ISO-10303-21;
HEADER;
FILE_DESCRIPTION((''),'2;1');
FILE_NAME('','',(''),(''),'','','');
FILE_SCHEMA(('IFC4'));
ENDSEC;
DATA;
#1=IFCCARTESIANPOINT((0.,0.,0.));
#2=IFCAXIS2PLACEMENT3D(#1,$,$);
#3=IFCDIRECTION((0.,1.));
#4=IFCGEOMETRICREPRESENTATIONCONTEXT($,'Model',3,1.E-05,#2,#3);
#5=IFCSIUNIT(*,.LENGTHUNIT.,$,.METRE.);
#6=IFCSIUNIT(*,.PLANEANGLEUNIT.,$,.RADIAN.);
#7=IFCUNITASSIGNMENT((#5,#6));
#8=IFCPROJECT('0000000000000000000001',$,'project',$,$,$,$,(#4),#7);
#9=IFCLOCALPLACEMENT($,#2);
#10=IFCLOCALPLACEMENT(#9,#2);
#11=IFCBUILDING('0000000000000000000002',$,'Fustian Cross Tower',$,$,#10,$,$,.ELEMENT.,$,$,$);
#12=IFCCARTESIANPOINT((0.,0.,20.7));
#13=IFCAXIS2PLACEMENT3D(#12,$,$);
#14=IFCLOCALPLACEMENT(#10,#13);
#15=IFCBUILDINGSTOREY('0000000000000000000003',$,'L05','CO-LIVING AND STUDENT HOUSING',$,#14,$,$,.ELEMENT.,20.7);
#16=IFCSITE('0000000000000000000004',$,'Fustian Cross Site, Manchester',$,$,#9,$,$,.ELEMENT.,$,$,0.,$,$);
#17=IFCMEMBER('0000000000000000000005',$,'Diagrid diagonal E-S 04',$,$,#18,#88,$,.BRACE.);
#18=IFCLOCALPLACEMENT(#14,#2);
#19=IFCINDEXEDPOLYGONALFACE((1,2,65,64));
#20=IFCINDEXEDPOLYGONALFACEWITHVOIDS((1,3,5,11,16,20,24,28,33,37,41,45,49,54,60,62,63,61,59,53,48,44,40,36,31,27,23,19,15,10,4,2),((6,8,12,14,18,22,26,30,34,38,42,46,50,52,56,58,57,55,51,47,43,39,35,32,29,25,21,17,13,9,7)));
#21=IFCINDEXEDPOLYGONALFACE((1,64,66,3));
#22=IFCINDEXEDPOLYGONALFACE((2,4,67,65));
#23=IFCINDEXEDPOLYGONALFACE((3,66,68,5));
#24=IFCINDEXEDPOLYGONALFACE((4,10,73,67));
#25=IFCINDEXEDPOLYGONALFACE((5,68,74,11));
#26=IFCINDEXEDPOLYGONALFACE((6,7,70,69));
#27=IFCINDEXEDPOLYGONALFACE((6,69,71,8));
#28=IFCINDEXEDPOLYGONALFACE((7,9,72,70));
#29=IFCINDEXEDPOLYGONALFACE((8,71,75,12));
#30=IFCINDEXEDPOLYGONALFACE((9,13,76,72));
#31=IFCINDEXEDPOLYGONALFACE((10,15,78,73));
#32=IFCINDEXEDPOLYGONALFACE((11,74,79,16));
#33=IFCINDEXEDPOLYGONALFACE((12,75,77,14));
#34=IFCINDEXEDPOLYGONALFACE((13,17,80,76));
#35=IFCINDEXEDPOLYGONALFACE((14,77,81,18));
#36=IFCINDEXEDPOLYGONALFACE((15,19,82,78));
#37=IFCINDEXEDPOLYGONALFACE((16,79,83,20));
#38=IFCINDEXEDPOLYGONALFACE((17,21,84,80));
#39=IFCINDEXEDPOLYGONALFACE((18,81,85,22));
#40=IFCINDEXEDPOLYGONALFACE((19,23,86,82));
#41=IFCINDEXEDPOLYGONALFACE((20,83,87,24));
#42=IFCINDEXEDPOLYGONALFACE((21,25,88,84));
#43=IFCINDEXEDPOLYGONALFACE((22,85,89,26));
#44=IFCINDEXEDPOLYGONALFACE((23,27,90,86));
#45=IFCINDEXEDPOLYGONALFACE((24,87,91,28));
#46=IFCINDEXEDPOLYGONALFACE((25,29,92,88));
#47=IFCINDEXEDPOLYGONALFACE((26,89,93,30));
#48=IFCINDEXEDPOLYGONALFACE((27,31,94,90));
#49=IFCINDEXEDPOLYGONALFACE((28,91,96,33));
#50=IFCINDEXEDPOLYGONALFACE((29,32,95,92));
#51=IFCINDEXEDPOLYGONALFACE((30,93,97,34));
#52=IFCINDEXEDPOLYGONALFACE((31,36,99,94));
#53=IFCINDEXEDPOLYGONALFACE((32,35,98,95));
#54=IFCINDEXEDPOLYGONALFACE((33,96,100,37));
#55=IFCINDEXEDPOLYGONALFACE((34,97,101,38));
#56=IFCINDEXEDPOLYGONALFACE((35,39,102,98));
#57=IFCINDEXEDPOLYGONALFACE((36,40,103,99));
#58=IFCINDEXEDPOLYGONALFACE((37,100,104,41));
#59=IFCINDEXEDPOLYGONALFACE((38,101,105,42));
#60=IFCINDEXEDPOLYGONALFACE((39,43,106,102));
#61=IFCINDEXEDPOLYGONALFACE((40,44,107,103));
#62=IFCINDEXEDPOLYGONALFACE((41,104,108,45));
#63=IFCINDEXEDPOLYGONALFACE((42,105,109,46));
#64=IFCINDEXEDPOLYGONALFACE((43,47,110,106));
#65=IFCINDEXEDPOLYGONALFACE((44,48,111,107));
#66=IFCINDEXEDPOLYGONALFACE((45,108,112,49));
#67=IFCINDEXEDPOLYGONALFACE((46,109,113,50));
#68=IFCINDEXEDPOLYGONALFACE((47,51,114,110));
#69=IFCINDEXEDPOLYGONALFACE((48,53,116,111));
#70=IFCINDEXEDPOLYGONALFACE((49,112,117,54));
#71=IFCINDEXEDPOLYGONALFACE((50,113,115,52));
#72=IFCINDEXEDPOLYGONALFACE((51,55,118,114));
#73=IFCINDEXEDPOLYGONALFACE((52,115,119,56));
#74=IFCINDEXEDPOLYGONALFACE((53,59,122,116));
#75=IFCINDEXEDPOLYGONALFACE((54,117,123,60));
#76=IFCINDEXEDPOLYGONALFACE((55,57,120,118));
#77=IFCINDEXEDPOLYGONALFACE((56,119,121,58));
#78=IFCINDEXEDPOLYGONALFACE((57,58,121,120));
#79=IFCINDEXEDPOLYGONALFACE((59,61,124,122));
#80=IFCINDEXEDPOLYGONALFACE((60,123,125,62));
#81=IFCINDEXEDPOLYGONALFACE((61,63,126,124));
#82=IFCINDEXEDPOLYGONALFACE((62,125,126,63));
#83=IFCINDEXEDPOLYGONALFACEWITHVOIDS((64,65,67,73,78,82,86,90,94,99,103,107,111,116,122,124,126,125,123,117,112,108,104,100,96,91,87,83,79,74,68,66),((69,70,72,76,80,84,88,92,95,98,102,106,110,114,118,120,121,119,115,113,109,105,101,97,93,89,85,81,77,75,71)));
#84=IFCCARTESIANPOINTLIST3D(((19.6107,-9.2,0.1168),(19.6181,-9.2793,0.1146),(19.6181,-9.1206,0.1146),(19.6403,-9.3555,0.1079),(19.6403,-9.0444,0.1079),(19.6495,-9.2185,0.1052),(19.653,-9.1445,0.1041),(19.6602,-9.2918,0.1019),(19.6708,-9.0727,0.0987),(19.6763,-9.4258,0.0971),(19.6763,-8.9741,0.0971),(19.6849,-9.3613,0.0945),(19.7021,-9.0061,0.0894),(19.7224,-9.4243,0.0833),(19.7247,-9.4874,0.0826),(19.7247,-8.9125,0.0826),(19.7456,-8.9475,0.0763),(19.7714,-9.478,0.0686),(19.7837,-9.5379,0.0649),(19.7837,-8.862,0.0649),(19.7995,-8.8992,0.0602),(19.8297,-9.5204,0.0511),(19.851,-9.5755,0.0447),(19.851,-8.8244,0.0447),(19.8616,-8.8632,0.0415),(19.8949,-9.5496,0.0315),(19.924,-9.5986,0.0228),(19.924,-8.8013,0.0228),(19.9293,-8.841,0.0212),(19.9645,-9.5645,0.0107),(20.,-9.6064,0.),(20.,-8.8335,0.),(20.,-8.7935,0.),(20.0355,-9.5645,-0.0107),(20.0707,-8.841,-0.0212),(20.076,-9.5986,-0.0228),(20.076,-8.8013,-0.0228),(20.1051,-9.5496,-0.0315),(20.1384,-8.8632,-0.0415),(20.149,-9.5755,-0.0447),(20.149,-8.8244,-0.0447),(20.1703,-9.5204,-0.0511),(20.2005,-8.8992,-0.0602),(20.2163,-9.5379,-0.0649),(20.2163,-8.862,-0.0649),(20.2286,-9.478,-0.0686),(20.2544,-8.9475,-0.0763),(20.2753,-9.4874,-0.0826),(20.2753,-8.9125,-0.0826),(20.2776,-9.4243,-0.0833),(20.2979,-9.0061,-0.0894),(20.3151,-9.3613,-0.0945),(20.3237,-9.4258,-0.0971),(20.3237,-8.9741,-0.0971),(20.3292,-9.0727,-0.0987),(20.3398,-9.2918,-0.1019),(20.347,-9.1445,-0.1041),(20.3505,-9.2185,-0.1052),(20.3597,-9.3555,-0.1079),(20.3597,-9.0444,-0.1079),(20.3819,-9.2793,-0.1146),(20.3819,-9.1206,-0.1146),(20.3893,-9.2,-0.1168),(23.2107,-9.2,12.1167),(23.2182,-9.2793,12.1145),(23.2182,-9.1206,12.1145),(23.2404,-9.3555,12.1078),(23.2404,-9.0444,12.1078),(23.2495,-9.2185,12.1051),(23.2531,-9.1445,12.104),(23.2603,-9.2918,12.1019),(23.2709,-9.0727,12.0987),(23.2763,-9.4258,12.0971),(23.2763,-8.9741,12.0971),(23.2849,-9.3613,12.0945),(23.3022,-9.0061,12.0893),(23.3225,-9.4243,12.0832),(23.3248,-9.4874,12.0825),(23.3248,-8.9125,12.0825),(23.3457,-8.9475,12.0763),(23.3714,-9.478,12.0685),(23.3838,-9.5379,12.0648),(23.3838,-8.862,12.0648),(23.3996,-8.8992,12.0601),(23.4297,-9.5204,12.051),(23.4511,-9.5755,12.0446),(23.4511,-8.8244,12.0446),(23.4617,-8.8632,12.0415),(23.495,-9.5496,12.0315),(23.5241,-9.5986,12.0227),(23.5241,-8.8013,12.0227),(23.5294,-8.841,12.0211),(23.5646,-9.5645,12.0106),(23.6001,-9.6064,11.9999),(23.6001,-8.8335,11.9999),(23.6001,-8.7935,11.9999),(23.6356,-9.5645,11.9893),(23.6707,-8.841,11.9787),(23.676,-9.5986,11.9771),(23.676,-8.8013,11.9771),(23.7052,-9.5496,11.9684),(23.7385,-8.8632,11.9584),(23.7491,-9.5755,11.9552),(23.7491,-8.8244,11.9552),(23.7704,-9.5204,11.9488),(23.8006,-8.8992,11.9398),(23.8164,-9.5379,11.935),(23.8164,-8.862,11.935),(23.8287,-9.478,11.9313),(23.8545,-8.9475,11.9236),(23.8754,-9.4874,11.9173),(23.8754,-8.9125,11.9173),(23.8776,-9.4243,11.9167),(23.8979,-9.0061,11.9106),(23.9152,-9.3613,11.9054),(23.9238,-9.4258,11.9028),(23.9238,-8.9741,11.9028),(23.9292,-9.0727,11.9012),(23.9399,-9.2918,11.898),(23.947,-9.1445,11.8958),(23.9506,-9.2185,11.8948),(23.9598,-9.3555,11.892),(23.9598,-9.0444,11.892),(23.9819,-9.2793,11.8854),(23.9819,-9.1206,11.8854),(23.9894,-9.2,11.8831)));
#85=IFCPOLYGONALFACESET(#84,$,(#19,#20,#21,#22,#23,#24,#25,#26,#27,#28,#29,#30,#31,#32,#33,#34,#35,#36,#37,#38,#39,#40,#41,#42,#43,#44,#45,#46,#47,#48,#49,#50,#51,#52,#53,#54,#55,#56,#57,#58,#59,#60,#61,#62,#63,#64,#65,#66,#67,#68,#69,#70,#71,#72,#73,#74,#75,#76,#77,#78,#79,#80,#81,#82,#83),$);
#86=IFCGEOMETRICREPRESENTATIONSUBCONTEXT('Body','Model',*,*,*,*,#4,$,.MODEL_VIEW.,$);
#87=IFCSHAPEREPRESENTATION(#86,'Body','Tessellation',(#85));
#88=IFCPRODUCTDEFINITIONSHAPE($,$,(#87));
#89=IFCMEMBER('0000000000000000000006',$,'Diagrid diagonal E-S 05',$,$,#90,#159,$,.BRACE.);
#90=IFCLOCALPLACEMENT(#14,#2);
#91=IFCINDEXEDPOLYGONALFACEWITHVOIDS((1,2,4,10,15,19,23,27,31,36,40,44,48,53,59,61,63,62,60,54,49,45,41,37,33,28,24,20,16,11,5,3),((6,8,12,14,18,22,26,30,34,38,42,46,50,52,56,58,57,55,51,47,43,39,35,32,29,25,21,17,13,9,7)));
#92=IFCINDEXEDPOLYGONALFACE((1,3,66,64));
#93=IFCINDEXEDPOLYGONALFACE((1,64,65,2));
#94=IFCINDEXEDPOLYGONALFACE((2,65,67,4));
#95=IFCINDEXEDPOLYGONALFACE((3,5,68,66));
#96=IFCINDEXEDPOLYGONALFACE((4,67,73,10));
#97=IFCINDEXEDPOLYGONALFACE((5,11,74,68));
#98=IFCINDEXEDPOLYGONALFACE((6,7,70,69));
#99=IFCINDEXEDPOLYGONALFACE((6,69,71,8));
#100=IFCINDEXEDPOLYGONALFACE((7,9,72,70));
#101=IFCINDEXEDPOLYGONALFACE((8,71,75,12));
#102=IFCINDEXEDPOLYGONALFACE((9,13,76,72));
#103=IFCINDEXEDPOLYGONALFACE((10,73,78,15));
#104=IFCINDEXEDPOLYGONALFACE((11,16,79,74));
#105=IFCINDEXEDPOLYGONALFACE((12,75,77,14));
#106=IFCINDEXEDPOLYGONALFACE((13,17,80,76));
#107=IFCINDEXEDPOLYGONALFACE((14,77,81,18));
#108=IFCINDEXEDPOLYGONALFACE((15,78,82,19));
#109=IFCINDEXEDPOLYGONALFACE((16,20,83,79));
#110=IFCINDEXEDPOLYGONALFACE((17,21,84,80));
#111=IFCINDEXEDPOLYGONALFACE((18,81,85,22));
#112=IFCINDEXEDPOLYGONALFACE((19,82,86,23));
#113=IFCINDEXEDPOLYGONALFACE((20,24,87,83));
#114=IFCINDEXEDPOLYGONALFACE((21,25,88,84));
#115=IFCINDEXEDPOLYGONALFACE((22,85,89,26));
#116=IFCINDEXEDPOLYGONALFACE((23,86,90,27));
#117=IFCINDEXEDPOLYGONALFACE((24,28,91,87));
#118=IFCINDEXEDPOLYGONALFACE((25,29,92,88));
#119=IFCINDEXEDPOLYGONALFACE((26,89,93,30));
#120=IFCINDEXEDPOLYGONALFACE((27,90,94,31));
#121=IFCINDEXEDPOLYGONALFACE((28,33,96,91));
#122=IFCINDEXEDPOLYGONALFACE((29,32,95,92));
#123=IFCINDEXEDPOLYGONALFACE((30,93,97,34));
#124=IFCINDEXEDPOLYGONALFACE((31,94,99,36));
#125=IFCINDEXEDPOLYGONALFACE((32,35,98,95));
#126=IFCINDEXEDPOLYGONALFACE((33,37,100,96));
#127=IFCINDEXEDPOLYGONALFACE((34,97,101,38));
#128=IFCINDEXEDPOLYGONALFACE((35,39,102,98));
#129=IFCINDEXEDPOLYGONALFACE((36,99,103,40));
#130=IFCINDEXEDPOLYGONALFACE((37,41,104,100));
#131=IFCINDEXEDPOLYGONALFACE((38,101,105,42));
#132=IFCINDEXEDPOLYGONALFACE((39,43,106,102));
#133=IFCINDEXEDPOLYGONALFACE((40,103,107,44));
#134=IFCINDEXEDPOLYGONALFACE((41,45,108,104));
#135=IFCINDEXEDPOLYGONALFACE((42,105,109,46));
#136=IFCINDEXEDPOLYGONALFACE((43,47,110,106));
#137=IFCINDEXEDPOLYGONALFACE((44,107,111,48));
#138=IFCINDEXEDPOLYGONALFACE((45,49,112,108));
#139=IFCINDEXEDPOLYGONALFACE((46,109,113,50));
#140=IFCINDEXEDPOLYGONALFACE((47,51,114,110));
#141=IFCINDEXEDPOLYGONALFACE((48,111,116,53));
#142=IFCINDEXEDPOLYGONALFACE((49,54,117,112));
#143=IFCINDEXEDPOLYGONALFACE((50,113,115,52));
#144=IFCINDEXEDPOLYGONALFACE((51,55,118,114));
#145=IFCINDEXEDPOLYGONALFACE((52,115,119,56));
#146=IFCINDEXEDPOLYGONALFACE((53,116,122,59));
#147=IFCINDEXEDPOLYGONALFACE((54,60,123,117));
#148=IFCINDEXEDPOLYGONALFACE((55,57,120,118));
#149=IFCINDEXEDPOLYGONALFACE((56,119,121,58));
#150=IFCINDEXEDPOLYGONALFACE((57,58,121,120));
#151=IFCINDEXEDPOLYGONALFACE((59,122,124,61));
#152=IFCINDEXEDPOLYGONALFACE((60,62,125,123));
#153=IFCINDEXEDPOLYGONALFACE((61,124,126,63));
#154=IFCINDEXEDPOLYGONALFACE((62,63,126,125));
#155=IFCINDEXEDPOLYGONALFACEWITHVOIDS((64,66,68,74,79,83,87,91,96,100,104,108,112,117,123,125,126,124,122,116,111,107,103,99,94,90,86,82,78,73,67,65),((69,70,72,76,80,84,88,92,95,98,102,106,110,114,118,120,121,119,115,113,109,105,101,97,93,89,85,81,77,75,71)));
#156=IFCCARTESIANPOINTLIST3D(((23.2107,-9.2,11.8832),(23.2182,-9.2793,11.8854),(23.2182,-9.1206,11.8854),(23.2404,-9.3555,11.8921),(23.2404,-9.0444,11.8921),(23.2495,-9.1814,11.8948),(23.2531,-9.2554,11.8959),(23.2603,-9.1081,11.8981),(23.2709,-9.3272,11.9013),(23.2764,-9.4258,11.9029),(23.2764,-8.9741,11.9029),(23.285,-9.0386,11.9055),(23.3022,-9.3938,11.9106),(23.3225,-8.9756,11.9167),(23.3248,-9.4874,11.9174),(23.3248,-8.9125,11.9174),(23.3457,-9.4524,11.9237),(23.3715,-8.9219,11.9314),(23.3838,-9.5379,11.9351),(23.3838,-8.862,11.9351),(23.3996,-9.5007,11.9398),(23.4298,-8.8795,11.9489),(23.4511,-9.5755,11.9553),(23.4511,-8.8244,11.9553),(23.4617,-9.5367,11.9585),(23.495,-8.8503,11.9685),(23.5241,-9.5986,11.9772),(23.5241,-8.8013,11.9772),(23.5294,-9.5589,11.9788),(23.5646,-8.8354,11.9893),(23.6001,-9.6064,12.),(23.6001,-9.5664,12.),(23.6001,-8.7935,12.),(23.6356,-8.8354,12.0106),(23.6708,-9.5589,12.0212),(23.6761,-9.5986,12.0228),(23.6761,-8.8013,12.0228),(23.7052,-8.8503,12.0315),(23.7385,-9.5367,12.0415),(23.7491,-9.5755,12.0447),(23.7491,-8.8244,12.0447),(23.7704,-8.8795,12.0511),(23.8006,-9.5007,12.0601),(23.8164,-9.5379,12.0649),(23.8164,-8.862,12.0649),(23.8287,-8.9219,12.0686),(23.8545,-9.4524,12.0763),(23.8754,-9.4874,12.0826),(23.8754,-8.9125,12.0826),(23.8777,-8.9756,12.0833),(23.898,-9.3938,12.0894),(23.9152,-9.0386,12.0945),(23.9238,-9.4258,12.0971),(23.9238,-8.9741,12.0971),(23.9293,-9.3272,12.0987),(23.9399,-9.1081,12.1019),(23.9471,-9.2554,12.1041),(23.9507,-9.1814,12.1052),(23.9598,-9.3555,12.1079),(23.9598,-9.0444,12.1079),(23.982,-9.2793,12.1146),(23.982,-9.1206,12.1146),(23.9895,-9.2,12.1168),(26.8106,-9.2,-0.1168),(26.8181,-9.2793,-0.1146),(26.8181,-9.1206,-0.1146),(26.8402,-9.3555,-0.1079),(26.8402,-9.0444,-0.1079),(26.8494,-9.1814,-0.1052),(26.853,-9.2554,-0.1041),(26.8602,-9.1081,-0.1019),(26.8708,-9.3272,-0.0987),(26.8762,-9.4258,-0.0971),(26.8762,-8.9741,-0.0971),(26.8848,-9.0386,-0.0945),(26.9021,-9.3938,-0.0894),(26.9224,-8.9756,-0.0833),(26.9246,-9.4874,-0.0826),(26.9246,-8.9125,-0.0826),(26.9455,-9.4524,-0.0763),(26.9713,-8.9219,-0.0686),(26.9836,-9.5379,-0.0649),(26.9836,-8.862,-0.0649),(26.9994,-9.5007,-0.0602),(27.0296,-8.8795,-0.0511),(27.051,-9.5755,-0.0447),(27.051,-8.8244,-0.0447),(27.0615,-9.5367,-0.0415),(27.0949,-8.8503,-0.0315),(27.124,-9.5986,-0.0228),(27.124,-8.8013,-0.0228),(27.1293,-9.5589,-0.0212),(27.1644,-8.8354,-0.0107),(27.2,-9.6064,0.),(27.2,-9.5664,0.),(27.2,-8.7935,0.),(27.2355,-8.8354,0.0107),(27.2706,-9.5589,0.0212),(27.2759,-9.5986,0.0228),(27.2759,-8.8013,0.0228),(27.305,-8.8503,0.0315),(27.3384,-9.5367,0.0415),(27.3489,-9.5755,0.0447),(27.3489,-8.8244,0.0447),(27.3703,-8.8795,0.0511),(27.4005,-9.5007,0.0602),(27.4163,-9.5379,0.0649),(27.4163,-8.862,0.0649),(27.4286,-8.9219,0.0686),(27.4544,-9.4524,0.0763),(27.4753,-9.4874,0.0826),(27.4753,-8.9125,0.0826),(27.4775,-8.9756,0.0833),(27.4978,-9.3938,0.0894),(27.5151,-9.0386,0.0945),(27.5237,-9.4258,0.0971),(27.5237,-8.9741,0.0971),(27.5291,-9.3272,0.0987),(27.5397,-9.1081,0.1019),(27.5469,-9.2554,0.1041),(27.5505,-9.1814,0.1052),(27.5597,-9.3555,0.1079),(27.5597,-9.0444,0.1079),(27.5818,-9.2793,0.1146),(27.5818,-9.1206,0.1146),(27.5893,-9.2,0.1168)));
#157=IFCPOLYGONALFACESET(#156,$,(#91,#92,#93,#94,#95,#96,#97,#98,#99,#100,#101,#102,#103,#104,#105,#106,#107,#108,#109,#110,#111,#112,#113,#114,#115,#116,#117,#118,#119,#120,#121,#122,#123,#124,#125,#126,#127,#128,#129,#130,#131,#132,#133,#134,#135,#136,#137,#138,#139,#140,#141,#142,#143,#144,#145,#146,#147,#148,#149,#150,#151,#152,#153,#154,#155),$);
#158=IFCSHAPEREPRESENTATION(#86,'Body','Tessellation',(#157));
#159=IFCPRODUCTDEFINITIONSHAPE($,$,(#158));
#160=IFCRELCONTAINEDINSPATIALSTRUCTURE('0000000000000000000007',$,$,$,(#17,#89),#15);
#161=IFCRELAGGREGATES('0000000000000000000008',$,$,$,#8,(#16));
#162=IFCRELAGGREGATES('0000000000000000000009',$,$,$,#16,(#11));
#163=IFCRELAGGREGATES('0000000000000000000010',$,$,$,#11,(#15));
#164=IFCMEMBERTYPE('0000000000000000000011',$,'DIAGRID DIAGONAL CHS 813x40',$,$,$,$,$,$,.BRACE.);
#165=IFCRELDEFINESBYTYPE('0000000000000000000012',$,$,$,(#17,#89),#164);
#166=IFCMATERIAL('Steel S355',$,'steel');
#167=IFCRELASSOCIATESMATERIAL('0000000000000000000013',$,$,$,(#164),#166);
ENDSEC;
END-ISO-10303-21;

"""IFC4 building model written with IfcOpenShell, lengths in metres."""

from ifc_helpers import new_model, si_unit, direction, frame, origin, origin_2d, place, context, subcontext, project, spatial, hollow_circle, extrude, material, material_profile, profile_set, type_object, element, save


model = new_model("IFC4")

# Units and contexts
model_context = context("Model", 3, precision=1e-05, world=origin(), true_north=direction((0.0, 1.0)))
body_context = subcontext(model_context, "Body", "Model", "MODEL_VIEW")
ifc_project = project(units=[si_unit("LENGTHUNIT", "METRE"), si_unit("PLANEANGLEUNIT", "RADIAN")], contexts=[model_context])

# Site, building, storey
site_placement = place(None, origin())
site = spatial("IfcSite", under=ifc_project, at=site_placement, Name="Fustian Cross Site, Manchester", CompositionType="ELEMENT", RefElevation=0.0)
building_placement = place(site_placement, origin())
building = spatial("IfcBuilding", under=site, at=building_placement, Name="Fustian Cross Tower", CompositionType="ELEMENT")
storey_placement = place(building_placement, frame((0.0, 0.0, 20.7)))
storey = spatial("IfcBuildingStorey", under=building, at=storey_placement, Name="L05", Description="CO-LIVING AND STUDENT HOUSING", CompositionType="ELEMENT", Elevation=20.7)

# Members
ifc_material_1 = material(Name="Steel S355", Category="steel")
ifc_material_profile_1 = material_profile(ifc_material_1, hollow_circle(Radius=0.4065, WallThickness=0.04, at=origin_2d()), Name="CHS 813x40")
ifc_profile_set_1 = profile_set([ifc_material_profile_1], Name="Steel S355")
member_type_1 = type_object("IfcMemberType", Name="DIAGRID DIAGONAL CHS 813x40", PredefinedType="BRACE", material=ifc_profile_set_1)
for number, where, z_axis, x_axis, name in (
    (1, (20.0, -9.2, 0.0), (0.287355, 0.0, 0.957824), (0.0, 1.0, 0.0), "Diagrid diagonal E-S 04"),
    (2, (27.2, -9.2, 0.0), (-0.287337, 0.0, 0.95783), (0.0, -1.0, 0.0), "Diagrid diagonal E-S 05"),
):
    element("IfcMember", number, at=place(storey_placement, frame(where, z_axis=z_axis, x_axis=x_axis)), inside=storey, type_object=member_type_1, Name=name, PredefinedType="BRACE", context=body_context, shape_type="SweptSolid", body=[
        extrude(hollow_circle(Radius=0.4065, WallThickness=0.04, at=origin_2d()), origin(), (0.0, 0.0, 1.0), 12.5283),
    ])

save(model, "model.ifc")
